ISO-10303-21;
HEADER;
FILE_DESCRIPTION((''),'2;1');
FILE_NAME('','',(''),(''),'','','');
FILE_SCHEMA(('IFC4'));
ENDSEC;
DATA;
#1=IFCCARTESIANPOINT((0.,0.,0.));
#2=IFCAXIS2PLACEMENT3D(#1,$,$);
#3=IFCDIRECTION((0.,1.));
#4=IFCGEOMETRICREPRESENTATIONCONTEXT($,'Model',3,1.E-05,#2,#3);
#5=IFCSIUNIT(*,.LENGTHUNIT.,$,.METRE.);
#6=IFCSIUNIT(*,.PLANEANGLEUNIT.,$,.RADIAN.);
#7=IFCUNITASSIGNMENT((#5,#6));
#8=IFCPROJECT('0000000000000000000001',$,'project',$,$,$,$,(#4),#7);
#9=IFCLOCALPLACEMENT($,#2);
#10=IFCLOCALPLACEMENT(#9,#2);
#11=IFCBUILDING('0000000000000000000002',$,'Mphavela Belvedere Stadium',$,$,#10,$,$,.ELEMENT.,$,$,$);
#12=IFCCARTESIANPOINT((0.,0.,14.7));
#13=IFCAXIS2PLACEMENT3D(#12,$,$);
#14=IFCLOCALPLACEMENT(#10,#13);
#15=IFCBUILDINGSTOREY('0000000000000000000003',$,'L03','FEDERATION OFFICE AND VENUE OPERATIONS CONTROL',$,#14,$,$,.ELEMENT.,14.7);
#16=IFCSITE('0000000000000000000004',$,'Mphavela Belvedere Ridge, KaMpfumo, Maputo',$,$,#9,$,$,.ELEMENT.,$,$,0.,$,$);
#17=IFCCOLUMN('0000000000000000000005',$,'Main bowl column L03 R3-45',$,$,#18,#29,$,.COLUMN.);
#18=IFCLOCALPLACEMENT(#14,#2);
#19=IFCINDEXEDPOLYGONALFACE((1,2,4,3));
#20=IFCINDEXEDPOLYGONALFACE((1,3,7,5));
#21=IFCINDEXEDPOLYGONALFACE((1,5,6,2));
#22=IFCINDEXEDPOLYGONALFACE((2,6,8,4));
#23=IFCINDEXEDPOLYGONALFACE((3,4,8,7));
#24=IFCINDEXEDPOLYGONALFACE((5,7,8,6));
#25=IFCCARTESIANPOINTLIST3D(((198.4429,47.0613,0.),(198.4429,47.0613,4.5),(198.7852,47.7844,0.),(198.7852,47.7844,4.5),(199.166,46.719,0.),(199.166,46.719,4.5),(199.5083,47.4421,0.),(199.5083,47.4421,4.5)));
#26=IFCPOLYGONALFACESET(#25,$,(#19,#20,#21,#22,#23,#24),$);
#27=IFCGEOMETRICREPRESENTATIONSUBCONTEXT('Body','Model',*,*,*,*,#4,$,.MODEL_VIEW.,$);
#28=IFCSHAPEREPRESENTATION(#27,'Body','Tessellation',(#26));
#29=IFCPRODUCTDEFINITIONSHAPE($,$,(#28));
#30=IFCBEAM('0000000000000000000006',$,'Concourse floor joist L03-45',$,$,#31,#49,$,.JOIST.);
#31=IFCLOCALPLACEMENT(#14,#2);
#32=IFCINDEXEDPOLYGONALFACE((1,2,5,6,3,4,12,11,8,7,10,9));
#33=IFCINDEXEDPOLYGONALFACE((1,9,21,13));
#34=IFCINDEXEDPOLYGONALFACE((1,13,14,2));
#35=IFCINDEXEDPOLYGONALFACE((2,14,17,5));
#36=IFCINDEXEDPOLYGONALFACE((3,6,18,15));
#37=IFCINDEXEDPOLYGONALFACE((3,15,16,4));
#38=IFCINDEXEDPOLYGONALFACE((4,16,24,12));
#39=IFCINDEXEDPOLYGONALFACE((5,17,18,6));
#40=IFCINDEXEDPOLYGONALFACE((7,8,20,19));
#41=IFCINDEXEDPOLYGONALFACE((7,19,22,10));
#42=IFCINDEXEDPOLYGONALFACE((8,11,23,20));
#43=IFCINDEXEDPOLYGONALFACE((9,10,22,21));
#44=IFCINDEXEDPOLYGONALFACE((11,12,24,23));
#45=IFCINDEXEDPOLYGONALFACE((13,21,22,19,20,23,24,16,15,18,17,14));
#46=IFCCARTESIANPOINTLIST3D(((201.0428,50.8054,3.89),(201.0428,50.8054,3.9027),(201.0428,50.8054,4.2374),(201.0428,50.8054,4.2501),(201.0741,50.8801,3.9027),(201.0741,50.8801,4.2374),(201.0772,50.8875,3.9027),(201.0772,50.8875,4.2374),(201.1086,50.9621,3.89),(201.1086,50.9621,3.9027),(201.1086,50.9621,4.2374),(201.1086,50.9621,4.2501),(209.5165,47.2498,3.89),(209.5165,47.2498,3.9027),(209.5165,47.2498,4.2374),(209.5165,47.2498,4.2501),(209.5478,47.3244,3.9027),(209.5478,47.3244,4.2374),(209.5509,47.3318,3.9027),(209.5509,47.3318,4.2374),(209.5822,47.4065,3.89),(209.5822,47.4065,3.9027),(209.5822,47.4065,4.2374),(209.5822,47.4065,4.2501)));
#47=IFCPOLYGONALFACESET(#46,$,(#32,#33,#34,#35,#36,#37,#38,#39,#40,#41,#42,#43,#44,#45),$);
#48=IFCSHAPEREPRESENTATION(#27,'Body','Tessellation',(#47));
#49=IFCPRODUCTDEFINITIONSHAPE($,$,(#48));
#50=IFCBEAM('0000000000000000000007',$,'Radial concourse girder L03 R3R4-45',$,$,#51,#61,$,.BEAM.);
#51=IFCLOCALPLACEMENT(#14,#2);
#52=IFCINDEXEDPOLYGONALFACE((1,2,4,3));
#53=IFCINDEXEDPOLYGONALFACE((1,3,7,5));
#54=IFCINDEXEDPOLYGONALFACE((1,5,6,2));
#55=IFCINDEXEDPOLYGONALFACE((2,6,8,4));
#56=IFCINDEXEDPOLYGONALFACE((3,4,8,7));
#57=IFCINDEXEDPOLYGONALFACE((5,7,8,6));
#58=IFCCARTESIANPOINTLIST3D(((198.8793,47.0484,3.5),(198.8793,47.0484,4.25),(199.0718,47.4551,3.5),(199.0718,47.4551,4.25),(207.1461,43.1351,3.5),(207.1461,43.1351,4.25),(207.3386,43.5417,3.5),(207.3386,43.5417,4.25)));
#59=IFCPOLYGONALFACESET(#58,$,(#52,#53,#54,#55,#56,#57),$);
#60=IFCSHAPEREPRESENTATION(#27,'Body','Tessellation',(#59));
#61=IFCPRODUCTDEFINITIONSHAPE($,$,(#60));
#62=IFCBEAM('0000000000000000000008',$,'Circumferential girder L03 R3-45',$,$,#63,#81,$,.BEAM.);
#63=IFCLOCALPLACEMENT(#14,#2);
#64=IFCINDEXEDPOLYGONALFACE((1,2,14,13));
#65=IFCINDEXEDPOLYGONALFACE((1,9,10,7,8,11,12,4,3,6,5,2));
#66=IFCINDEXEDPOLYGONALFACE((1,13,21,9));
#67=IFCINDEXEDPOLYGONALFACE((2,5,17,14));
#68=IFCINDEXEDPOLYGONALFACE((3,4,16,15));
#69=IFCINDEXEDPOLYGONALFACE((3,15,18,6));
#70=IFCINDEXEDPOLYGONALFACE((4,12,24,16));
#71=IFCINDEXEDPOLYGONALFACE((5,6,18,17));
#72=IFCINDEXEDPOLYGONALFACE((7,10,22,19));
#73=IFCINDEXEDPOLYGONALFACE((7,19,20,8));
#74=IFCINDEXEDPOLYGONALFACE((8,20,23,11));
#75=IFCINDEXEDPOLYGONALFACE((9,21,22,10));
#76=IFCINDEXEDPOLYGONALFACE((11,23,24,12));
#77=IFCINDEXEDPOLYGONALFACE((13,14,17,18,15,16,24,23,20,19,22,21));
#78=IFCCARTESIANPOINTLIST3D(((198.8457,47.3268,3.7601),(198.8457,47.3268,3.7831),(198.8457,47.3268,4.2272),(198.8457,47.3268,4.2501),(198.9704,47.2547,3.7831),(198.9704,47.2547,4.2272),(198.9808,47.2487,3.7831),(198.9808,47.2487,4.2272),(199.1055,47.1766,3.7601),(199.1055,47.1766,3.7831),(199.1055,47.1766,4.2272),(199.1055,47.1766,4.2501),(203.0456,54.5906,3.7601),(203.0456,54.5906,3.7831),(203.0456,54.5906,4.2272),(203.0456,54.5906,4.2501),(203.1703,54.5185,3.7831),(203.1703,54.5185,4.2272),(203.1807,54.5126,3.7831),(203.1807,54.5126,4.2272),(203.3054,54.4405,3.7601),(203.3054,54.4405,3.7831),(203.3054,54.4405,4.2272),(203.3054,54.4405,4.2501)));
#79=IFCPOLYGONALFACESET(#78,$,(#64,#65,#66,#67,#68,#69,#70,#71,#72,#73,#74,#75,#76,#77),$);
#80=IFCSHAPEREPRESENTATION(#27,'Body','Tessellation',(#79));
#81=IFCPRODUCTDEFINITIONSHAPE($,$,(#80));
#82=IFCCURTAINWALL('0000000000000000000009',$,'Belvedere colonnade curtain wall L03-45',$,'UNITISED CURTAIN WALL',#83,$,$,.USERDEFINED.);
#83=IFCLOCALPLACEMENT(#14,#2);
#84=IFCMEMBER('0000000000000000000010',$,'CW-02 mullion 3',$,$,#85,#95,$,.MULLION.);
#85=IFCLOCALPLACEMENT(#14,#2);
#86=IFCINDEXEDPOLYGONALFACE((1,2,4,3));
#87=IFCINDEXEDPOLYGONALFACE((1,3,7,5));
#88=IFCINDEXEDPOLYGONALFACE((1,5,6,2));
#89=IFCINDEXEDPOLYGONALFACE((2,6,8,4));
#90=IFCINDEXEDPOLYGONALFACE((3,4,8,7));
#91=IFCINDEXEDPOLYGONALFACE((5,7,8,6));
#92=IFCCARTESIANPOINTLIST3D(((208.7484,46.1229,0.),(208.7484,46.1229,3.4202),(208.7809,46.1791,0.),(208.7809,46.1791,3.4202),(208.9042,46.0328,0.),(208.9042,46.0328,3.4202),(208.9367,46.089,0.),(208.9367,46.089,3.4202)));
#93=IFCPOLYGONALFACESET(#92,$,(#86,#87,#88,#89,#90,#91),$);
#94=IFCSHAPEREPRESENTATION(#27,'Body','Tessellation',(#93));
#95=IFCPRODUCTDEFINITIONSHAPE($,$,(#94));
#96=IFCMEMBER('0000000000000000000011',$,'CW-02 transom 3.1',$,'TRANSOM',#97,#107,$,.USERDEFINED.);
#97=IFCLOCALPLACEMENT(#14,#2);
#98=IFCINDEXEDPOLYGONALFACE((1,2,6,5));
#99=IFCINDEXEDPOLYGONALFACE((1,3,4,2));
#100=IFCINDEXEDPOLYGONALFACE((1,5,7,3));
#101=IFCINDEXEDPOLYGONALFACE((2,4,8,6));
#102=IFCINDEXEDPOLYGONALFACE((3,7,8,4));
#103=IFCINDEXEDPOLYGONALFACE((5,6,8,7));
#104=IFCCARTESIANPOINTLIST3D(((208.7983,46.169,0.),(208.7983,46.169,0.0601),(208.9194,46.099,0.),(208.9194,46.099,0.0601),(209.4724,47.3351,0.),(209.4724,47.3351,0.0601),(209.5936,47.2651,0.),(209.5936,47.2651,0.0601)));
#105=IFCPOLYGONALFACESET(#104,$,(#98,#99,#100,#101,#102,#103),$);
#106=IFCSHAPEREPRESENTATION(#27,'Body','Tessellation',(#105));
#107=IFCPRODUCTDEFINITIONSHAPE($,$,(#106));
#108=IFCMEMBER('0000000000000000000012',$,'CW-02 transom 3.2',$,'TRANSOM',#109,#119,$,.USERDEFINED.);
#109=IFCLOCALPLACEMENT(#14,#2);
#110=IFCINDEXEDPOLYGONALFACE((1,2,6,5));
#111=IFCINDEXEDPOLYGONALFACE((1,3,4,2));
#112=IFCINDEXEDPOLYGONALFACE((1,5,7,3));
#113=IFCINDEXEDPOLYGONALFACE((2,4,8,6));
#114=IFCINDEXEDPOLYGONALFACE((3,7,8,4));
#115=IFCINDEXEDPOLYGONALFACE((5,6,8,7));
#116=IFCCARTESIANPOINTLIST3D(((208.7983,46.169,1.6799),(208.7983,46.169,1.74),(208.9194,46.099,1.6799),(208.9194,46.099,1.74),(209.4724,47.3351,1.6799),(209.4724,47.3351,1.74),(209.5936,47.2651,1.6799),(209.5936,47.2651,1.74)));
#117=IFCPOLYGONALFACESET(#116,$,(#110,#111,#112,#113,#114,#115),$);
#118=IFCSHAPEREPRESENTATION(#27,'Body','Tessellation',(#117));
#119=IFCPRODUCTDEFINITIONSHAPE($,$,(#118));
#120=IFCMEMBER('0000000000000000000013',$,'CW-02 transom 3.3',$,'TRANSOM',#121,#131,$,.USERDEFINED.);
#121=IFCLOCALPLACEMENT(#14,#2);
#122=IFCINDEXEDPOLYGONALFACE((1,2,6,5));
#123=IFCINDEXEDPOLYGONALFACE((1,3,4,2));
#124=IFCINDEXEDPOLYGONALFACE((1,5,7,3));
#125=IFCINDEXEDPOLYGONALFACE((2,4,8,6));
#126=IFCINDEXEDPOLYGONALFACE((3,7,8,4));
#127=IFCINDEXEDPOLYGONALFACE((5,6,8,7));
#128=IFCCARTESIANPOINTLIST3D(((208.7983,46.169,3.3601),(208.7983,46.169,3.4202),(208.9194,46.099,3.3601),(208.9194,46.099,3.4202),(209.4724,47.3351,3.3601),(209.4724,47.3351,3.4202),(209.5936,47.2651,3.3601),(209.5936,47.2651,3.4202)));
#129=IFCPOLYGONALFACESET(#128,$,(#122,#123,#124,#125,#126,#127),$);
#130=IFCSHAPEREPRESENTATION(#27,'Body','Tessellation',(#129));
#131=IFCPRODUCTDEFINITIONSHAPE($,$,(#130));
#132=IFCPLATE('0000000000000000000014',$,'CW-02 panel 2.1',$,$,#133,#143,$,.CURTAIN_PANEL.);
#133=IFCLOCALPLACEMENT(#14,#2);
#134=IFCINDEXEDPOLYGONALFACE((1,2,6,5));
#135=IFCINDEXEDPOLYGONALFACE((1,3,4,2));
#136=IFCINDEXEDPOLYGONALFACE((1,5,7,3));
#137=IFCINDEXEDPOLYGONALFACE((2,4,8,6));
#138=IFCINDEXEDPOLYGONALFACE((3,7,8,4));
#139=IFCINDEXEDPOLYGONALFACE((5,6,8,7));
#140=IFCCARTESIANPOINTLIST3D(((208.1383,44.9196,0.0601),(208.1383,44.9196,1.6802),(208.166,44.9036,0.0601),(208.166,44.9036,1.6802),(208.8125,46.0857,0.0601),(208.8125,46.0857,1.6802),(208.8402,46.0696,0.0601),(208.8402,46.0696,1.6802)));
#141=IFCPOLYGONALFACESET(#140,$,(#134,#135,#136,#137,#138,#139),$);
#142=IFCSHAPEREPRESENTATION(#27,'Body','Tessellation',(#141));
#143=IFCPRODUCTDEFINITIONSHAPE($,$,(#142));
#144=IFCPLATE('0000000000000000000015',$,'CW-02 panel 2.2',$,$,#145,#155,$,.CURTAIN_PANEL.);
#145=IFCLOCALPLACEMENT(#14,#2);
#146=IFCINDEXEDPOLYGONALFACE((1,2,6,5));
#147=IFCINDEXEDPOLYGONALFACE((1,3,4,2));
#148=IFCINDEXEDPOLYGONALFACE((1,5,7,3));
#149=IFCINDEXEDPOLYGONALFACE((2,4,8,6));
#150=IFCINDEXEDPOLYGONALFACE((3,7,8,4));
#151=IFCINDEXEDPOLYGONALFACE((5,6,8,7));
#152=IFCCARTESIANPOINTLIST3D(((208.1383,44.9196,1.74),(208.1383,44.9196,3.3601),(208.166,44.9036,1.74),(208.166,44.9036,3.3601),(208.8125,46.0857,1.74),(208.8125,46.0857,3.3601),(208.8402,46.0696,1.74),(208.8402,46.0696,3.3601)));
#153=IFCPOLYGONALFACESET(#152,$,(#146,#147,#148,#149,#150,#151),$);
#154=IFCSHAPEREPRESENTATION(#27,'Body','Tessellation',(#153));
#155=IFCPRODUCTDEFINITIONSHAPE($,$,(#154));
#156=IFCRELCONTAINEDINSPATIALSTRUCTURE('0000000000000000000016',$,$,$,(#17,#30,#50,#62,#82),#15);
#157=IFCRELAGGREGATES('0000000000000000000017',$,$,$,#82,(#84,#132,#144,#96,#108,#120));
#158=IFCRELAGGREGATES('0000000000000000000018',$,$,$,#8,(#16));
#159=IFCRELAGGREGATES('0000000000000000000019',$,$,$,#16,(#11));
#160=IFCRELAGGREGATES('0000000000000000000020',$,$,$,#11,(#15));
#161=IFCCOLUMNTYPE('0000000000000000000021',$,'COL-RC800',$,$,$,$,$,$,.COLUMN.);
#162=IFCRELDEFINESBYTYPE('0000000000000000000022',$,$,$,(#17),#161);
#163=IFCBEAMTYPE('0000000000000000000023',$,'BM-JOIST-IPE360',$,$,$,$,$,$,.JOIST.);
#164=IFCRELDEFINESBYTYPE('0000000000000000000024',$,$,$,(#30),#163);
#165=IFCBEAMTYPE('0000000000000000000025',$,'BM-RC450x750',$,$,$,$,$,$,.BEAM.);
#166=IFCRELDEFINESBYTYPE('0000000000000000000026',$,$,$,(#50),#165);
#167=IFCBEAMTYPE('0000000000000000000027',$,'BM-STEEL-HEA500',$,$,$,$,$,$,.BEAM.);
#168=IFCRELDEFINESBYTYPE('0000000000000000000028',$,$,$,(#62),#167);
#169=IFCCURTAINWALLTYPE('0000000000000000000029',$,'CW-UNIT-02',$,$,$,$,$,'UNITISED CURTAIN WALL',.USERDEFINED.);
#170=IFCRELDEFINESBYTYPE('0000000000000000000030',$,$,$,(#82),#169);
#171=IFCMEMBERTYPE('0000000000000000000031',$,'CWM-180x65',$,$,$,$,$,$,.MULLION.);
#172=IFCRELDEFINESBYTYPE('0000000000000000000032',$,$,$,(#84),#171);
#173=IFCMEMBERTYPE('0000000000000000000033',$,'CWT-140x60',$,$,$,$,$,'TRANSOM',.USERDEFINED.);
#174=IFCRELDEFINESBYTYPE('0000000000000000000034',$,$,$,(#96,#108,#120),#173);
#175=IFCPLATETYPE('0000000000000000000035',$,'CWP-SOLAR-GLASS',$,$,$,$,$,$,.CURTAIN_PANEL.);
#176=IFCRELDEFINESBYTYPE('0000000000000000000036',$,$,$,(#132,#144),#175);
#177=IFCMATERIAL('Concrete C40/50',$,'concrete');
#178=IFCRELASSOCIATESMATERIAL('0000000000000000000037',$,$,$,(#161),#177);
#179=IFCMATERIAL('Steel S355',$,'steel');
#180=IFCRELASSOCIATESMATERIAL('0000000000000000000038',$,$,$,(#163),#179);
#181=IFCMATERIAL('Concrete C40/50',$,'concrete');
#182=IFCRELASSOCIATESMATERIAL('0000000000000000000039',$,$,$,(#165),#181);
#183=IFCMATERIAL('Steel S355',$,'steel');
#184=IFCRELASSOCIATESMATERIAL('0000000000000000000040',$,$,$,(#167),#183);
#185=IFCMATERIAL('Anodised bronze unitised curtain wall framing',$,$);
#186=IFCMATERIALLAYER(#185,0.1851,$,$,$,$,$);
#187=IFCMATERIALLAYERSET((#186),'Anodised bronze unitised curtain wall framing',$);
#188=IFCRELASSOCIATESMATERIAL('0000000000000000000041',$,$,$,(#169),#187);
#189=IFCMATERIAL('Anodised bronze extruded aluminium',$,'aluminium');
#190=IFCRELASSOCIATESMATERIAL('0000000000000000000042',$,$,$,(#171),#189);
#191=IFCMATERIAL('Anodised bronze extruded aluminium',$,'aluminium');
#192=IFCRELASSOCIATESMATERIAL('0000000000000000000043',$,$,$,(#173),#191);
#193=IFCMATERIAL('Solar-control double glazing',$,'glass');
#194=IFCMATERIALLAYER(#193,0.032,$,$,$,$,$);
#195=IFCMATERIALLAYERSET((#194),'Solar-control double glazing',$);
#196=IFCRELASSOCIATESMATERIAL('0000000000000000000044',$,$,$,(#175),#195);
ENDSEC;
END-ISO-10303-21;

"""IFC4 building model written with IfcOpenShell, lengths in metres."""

from ifc_helpers import new_model, si_unit, direction, frame, origin, origin_2d, place, context, subcontext, project, spatial, rectangle, i_section, extrude, material, layer, layer_set, material_profile, profile_set, type_object, element, aggregate, save


model = new_model("IFC4")

# Units and contexts
model_context = context("Model", 3, precision=1e-05, world=origin(), true_north=direction((0.0, 1.0)))
body_context = subcontext(model_context, "Body", "Model", "MODEL_VIEW")
ifc_project = project(units=[si_unit("LENGTHUNIT", "METRE"), si_unit("PLANEANGLEUNIT", "RADIAN")], contexts=[model_context])

# Site, building, storey
site_placement = place(None, origin())
site = spatial("IfcSite", under=ifc_project, at=site_placement, Name="Mphavela Belvedere Ridge, KaMpfumo, Maputo", CompositionType="ELEMENT", RefElevation=0.0)
building_placement = place(site_placement, origin())
building = spatial("IfcBuilding", under=site, at=building_placement, Name="Mphavela Belvedere Stadium", CompositionType="ELEMENT")
storey_placement = place(building_placement, frame((0.0, 0.0, 14.7)))
storey = spatial("IfcBuildingStorey", under=building, at=storey_placement, Name="L03", Description="FEDERATION OFFICE AND VENUE OPERATIONS CONTROL", CompositionType="ELEMENT", Elevation=14.7)

# Column
ifc_material_1 = material(Name="Concrete C40/50", Category="concrete")
ifc_material_profile_1 = material_profile(ifc_material_1, rectangle(XDim=0.8, YDim=0.8, at=origin_2d()), Name="RC 800x800")
ifc_profile_set_1 = profile_set([ifc_material_profile_1], Name="Concrete C40/50")
column_type = type_object("IfcColumnType", Name="COL-RC800", PredefinedType="COLUMN", material=ifc_profile_set_1)
column_placement = place(storey_placement, frame((198.9756, 47.2517, 0.0), z_axis=(0.0, 0.0, 1.0), x_axis=(0.903859, -0.427831, 0.0)))
element("IfcColumn", 1, at=column_placement, inside=storey, type_object=column_type, Name="Main bowl column L03 R3-45", PredefinedType="COLUMN", context=body_context, shape_type="SweptSolid", body=[
    extrude(rectangle(XDim=0.8, YDim=0.8, at=origin_2d()), origin(), (0.0, 0.0, 1.0), 4.5),
])

# Beams
ifc_material_2 = material(Name="Steel S355", Category="steel")
ifc_material_profile_2 = material_profile(ifc_material_2, i_section(OverallWidth=0.1699, OverallDepth=0.3601, WebThickness=0.0081, FlangeThickness=0.0127, at=origin_2d()), Name="IPE 360")
ifc_profile_set_2 = profile_set([ifc_material_profile_2], Name="Steel S355")
beam_type_1 = type_object("IfcBeamType", Name="BM-JOIST-IPE360", PredefinedType="JOIST", material=ifc_profile_set_2)
beam_1_placement = place(storey_placement, frame((201.0757, 50.8838, 4.0701), z_axis=(0.922109, -0.386931, 0.0), x_axis=(0.386931, 0.922109, 0.0)))
element("IfcBeam", 2, at=beam_1_placement, inside=storey, type_object=beam_type_1, Name="Concourse floor joist L03-45", PredefinedType="JOIST", context=body_context, shape_type="SweptSolid", body=[
    extrude(i_section(OverallWidth=0.1699, OverallDepth=0.3601, WebThickness=0.0081, FlangeThickness=0.0127, at=origin_2d()), origin(), (0.0, 0.0, 1.0), 9.1895),
])
ifc_material_3 = material(Name="Concrete C40/50", Category="concrete")
ifc_material_profile_3 = material_profile(ifc_material_3, rectangle(XDim=0.45, YDim=0.75, at=origin_2d()), Name="RC 450x750")
ifc_profile_set_3 = profile_set([ifc_material_profile_3], Name="Concrete C40/50")
beam_type_2 = type_object("IfcBeamType", Name="BM-RC450x750", PredefinedType="BEAM", material=ifc_profile_set_3)
beam_2_placement = place(storey_placement, frame((198.9756, 47.2517, 3.875), z_axis=(0.903845, -0.427859, 0.0), x_axis=(0.427859, 0.903845, 0.0)))
element("IfcBeam", 3, at=beam_2_placement, inside=storey, type_object=beam_type_2, Name="Radial concourse girder L03 R3R4-45", PredefinedType="BEAM", context=body_context, shape_type="SweptSolid", body=[
    extrude(rectangle(XDim=0.45, YDim=0.75, at=origin_2d()), origin(), (0.0, 0.0, 1.0), 9.1462),
])
ifc_material_4 = material(Name="Steel S355", Category="steel")
ifc_material_profile_4 = material_profile(ifc_material_4, i_section(OverallWidth=0.3, OverallDepth=0.49, WebThickness=0.012, FlangeThickness=0.0229, at=origin_2d()), Name="HEA 500")
ifc_profile_set_4 = profile_set([ifc_material_profile_4], Name="Steel S355")
beam_type_3 = type_object("IfcBeamType", Name="BM-STEEL-HEA500", PredefinedType="BEAM", material=ifc_profile_set_4)
beam_3_placement = place(storey_placement, frame((198.9756, 47.2517, 4.0051), z_axis=(0.500548, 0.865709, 0.0), x_axis=(-0.865709, 0.500548, 0.0)))
element("IfcBeam", 4, at=beam_3_placement, inside=storey, type_object=beam_type_3, Name="Circumferential girder L03 R3-45", PredefinedType="BEAM", context=body_context, shape_type="SweptSolid", body=[
    extrude(i_section(OverallWidth=0.3, OverallDepth=0.49, WebThickness=0.012, FlangeThickness=0.0229, at=origin_2d()), origin(), (0.0, 0.0, 1.0), 8.3906),
])

# Curtain wall, members, plates
ifc_material_5 = material(Name="Anodised bronze unitised curtain wall framing")
ifc_layer_1 = layer(ifc_material_5, 0.1851)
ifc_layer_set_1 = layer_set([ifc_layer_1], Name="Anodised bronze unitised curtain wall framing")
curtain_wall_type = type_object("IfcCurtainWallType", Name="CW-UNIT-02", ElementType="UNITISED CURTAIN WALL", PredefinedType="USERDEFINED", material=ifc_layer_set_1)
curtain_wall_placement = place(storey_placement, origin())
curtain_wall = element("IfcCurtainWall", 5, at=curtain_wall_placement, inside=storey, type_object=curtain_wall_type, Name="Belvedere colonnade curtain wall L03-45", ObjectType="UNITISED CURTAIN WALL", PredefinedType="USERDEFINED")
ifc_material_6 = material(Name="Anodised bronze extruded aluminium", Category="aluminium")
ifc_material_profile_5 = material_profile(ifc_material_6, rectangle(XDim=0.1799, YDim=0.0649, at=origin_2d()), Name="CW-MUL 180x65")
ifc_profile_set_5 = profile_set([ifc_material_profile_5], Name="Anodised bronze extruded aluminium")
member_type_1 = type_object("IfcMemberType", Name="CWM-180x65", PredefinedType="MULLION", material=ifc_profile_set_5)
member_1_placement = place(storey_placement, frame((208.8425, 46.106, 0.0), z_axis=(0.0, 0.0, 1.0), x_axis=(-0.865705, 0.500554, 0.0)))
member_1 = element("IfcMember", 6, at=member_1_placement, type_object=member_type_1, Name="CW-02 mullion 3", PredefinedType="MULLION", context=body_context, shape_type="SweptSolid", body=[
    extrude(rectangle(XDim=0.1799, YDim=0.0649, at=origin_2d()), origin(), (0.0, 0.0, 1.0), 3.4202),
])
ifc_material_7 = material(Name="Anodised bronze extruded aluminium", Category="aluminium")
ifc_material_profile_6 = material_profile(ifc_material_7, rectangle(XDim=0.1399, YDim=0.0601, at=origin_2d()), Name="CW-TRN 140x60")
ifc_profile_set_6 = profile_set([ifc_material_profile_6], Name="Anodised bronze extruded aluminium")
member_type_2 = type_object("IfcMemberType", Name="CWT-140x60", ElementType="TRANSOM", PredefinedType="USERDEFINED", material=ifc_profile_set_6)
member_2_placement = place(storey_placement, frame((208.8589, 46.134, 0.03), z_axis=(0.500486, 0.865745, 0.0), x_axis=(-0.865745, 0.500486, 0.0)))
member_2 = element("IfcMember", 7, at=member_2_placement, type_object=member_type_2, Name="CW-02 transom 3.1", ObjectType="TRANSOM", PredefinedType="USERDEFINED", context=body_context, shape_type="SweptSolid", body=[
    extrude(rectangle(XDim=0.1399, YDim=0.0601, at=origin_2d()), origin(), (0.0, 0.0, 1.0), 1.3469),
])
member_3_placement = place(storey_placement, frame((208.8589, 46.134, 1.71), z_axis=(0.500486, 0.865745, 0.0), x_axis=(-0.865745, 0.500486, 0.0)))
member_3 = element("IfcMember", 8, at=member_3_placement, type_object=member_type_2, Name="CW-02 transom 3.2", ObjectType="TRANSOM", PredefinedType="USERDEFINED", context=body_context, shape_type="SweptSolid", body=[
    extrude(rectangle(XDim=0.1399, YDim=0.0601, at=origin_2d()), origin(), (0.0, 0.0, 1.0), 1.3469),
])
member_4_placement = place(storey_placement, frame((208.8589, 46.134, 3.3901), z_axis=(0.500486, 0.865745, 0.0), x_axis=(-0.865745, 0.500486, 0.0)))
member_4 = element("IfcMember", 9, at=member_4_placement, type_object=member_type_2, Name="CW-02 transom 3.3", ObjectType="TRANSOM", PredefinedType="USERDEFINED", context=body_context, shape_type="SweptSolid", body=[
    extrude(rectangle(XDim=0.1399, YDim=0.0601, at=origin_2d()), origin(), (0.0, 0.0, 1.0), 1.3469),
])
ifc_material_8 = material(Name="Solar-control double glazing", Category="glass")
ifc_layer_2 = layer(ifc_material_8, 0.032)
ifc_layer_set_2 = layer_set([ifc_layer_2], Name="Solar-control double glazing")
plate_type = type_object("IfcPlateType", Name="CWP-SOLAR-GLASS", PredefinedType="CURTAIN_PANEL", material=ifc_layer_set_2)
plate_1_placement = place(storey_placement, frame((208.4893, 45.4946, 0.0601), z_axis=(0.0, 0.0, 1.0), x_axis=(0.500554, 0.865705, 0.0)))
plate_1 = element("IfcPlate", 10, at=plate_1_placement, type_object=plate_type, Name="CW-02 panel 2.1", PredefinedType="CURTAIN_PANEL", context=body_context, shape_type="SweptSolid", body=[
    extrude(rectangle(XDim=1.3469, YDim=0.032, at=origin_2d()), origin(), (0.0, 0.0, 1.0), 1.6201),
])
plate_2_placement = place(storey_placement, frame((208.4893, 45.4946, 1.74), z_axis=(0.0, 0.0, 1.0), x_axis=(0.500554, 0.865705, 0.0)))
plate_2 = element("IfcPlate", 11, at=plate_2_placement, type_object=plate_type, Name="CW-02 panel 2.2", PredefinedType="CURTAIN_PANEL", context=body_context, shape_type="SweptSolid", body=[
    extrude(rectangle(XDim=1.3469, YDim=0.032, at=origin_2d()), origin(), (0.0, 0.0, 1.0), 1.6201),
])
aggregate(curtain_wall, [member_1, plate_1, plate_2, member_2, member_3, member_4])

save(model, "model.ifc")
